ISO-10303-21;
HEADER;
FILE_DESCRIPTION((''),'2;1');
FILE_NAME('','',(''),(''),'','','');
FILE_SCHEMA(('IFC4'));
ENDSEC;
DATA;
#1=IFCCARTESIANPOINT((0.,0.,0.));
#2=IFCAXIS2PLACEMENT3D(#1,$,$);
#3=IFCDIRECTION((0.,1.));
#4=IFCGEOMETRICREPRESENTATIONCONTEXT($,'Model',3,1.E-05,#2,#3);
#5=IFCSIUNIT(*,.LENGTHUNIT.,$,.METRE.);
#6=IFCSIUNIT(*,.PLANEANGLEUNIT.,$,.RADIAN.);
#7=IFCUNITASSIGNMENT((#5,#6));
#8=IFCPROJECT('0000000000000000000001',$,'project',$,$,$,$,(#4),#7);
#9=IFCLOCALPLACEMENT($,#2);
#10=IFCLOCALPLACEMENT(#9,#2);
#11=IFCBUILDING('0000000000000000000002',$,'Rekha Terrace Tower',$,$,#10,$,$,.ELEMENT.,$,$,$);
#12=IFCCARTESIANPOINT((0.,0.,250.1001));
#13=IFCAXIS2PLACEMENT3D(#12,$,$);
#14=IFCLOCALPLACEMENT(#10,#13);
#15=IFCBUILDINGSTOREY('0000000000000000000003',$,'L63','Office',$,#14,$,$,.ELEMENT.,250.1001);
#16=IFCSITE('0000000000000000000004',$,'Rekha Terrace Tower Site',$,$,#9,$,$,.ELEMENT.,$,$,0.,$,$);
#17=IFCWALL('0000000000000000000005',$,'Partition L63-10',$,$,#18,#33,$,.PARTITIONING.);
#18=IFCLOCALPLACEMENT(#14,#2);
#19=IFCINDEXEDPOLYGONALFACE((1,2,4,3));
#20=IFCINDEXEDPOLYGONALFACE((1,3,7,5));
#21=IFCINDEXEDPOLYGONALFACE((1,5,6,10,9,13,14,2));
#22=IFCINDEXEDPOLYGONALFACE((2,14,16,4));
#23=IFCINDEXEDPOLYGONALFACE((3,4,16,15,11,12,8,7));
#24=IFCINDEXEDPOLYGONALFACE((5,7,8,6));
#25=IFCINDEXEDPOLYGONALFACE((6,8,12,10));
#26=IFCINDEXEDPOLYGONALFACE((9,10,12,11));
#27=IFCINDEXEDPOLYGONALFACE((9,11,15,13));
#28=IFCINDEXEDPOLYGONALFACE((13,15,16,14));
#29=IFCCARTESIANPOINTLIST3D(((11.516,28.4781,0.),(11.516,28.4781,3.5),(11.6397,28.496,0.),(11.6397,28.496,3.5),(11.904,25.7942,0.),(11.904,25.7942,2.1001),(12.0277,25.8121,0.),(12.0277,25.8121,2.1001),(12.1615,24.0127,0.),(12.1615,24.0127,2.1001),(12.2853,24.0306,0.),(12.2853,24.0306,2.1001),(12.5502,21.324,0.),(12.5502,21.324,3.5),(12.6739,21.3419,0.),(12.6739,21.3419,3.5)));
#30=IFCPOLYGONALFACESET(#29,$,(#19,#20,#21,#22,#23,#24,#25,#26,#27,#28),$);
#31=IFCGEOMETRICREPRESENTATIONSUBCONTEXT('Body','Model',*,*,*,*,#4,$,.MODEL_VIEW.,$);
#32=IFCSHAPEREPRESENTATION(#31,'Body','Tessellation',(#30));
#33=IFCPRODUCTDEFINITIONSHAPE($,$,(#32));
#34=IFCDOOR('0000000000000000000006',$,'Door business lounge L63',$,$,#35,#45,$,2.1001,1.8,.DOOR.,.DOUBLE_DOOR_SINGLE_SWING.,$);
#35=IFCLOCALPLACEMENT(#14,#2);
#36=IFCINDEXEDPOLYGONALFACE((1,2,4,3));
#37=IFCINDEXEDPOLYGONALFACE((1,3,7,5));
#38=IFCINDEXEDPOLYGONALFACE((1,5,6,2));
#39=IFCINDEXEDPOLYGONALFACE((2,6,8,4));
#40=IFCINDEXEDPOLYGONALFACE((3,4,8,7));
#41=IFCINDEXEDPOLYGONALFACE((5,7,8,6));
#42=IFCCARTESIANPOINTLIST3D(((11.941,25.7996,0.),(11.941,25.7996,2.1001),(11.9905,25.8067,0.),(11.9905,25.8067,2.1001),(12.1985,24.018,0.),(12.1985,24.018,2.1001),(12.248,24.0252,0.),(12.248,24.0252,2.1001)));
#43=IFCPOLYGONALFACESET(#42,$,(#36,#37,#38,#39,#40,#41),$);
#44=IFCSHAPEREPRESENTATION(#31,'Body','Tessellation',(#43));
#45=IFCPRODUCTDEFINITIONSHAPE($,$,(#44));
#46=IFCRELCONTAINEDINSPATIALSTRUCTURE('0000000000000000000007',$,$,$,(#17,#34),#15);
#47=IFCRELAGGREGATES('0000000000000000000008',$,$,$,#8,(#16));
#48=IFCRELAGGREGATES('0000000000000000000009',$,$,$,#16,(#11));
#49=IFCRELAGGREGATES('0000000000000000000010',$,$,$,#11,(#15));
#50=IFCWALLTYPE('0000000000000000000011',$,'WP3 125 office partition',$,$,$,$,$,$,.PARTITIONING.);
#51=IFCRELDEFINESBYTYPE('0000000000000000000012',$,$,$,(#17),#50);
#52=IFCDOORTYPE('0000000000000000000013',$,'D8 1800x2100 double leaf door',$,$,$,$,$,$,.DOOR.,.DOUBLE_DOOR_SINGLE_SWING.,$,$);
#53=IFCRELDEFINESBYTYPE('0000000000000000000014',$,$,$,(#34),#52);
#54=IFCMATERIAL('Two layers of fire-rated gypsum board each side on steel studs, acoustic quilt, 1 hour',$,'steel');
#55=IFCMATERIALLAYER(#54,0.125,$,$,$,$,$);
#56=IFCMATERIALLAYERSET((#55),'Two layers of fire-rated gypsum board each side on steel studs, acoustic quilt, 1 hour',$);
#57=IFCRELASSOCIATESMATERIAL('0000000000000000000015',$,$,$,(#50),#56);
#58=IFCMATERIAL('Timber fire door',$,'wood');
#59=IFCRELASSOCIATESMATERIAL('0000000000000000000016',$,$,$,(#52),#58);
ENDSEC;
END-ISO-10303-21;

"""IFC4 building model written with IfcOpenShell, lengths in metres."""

from ifc_helpers import new_model, si_unit, direction, frame, frame_2d, origin, place, context, subcontext, project, spatial, rectangle, extrude, material, layer, layer_set, type_object, element, fill, save


model = new_model("IFC4")

# Units and contexts
model_context = context("Model", 3, precision=1e-05, world=origin(), true_north=direction((0.0, 1.0)))
body_context = subcontext(model_context, "Body", "Model", "MODEL_VIEW")
ifc_project = project(units=[si_unit("LENGTHUNIT", "METRE"), si_unit("PLANEANGLEUNIT", "RADIAN")], contexts=[model_context])

# Site, building, storey
site_placement = place(None, origin())
site = spatial("IfcSite", under=ifc_project, at=site_placement, Name="Rekha Terrace Tower Site", CompositionType="ELEMENT", RefElevation=0.0)
building_placement = place(site_placement, origin())
building = spatial("IfcBuilding", under=site, at=building_placement, Name="Rekha Terrace Tower", CompositionType="ELEMENT")
storey_placement = place(building_placement, frame((0.0, 0.0, 250.1001)))
storey = spatial("IfcBuildingStorey", under=building, at=storey_placement, Name="L63", Description="Office", CompositionType="ELEMENT", Elevation=250.1001)

# Shared definitions
ifc_material_1 = material(Name="Two layers of fire-rated gypsum board each side on steel studs, acoustic quilt, 1 hour", Category="steel")
ifc_layer_1 = layer(ifc_material_1, 0.125)
ifc_layer_set_1 = layer_set([ifc_layer_1], Name="Two layers of fire-rated gypsum board each side on steel studs, acoustic quilt, 1 hour")
wall_type = type_object("IfcWallType", Name="WP3 125 office partition", PredefinedType="PARTITIONING", material=ifc_layer_set_1)

# Wall, opening, door
wall_1_placement = place(storey_placement, frame((11.5779, 28.4871, 0.0), z_axis=(0.0, 0.0, 1.0), x_axis=(0.143071, -0.989712, 0.0)))
wall_1 = element("IfcWall", 1, at=wall_1_placement, inside=storey, type_object=wall_type, Name="Partition L63-10", PredefinedType="PARTITIONING", context=body_context, shape_type="SweptSolid", body=[
    extrude(rectangle(XDim=7.2285, YDim=0.125, at=frame_2d((3.6143, 0.0))), origin(), (0.0, 0.0, 1.0), 3.5),
])
opening_placement = place(wall_1_placement, frame((2.7119, 0.0, 0.0)))
opening = element("IfcOpeningElement", 2, at=opening_placement, cuts=wall_1, PredefinedType="OPENING", context=body_context, shape_type="SweptSolid", body=[
    extrude(rectangle(XDim=1.8, YDim=2.1001, at=frame_2d((0.8999, 1.05))), frame((0.0, 0.0725, 0.0), z_axis=(0.0, -1.0, 0.0), x_axis=(1.0, 0.0, 0.0)), (0.0, 0.0, 1.0), 0.145),
])
ifc_material_2 = material(Name="Timber fire door", Category="wood")
door_type = type_object("IfcDoorType", Name="D8 1800x2100 double leaf door", OperationType="DOUBLE_DOOR_SINGLE_SWING", PredefinedType="DOOR", material=ifc_material_2)
door_placement = place(opening_placement, origin())
door = element("IfcDoor", 3, at=door_placement, inside=storey, type_object=door_type, Name="Door business lounge L63", OperationType="DOUBLE_DOOR_SINGLE_SWING", OverallHeight=2.1001, OverallWidth=1.8, PredefinedType="DOOR", context=body_context, shape_type="SweptSolid", body=[
    extrude(rectangle(XDim=1.8, YDim=2.1001, at=frame_2d((0.8999, 1.05))), frame((0.0, 0.0249, 0.0), z_axis=(0.0, -1.0, 0.0), x_axis=(1.0, 0.0, 0.0)), (0.0, 0.0, 1.0), 0.05),
])
fill(opening, door)

save(model, "model.ifc")
